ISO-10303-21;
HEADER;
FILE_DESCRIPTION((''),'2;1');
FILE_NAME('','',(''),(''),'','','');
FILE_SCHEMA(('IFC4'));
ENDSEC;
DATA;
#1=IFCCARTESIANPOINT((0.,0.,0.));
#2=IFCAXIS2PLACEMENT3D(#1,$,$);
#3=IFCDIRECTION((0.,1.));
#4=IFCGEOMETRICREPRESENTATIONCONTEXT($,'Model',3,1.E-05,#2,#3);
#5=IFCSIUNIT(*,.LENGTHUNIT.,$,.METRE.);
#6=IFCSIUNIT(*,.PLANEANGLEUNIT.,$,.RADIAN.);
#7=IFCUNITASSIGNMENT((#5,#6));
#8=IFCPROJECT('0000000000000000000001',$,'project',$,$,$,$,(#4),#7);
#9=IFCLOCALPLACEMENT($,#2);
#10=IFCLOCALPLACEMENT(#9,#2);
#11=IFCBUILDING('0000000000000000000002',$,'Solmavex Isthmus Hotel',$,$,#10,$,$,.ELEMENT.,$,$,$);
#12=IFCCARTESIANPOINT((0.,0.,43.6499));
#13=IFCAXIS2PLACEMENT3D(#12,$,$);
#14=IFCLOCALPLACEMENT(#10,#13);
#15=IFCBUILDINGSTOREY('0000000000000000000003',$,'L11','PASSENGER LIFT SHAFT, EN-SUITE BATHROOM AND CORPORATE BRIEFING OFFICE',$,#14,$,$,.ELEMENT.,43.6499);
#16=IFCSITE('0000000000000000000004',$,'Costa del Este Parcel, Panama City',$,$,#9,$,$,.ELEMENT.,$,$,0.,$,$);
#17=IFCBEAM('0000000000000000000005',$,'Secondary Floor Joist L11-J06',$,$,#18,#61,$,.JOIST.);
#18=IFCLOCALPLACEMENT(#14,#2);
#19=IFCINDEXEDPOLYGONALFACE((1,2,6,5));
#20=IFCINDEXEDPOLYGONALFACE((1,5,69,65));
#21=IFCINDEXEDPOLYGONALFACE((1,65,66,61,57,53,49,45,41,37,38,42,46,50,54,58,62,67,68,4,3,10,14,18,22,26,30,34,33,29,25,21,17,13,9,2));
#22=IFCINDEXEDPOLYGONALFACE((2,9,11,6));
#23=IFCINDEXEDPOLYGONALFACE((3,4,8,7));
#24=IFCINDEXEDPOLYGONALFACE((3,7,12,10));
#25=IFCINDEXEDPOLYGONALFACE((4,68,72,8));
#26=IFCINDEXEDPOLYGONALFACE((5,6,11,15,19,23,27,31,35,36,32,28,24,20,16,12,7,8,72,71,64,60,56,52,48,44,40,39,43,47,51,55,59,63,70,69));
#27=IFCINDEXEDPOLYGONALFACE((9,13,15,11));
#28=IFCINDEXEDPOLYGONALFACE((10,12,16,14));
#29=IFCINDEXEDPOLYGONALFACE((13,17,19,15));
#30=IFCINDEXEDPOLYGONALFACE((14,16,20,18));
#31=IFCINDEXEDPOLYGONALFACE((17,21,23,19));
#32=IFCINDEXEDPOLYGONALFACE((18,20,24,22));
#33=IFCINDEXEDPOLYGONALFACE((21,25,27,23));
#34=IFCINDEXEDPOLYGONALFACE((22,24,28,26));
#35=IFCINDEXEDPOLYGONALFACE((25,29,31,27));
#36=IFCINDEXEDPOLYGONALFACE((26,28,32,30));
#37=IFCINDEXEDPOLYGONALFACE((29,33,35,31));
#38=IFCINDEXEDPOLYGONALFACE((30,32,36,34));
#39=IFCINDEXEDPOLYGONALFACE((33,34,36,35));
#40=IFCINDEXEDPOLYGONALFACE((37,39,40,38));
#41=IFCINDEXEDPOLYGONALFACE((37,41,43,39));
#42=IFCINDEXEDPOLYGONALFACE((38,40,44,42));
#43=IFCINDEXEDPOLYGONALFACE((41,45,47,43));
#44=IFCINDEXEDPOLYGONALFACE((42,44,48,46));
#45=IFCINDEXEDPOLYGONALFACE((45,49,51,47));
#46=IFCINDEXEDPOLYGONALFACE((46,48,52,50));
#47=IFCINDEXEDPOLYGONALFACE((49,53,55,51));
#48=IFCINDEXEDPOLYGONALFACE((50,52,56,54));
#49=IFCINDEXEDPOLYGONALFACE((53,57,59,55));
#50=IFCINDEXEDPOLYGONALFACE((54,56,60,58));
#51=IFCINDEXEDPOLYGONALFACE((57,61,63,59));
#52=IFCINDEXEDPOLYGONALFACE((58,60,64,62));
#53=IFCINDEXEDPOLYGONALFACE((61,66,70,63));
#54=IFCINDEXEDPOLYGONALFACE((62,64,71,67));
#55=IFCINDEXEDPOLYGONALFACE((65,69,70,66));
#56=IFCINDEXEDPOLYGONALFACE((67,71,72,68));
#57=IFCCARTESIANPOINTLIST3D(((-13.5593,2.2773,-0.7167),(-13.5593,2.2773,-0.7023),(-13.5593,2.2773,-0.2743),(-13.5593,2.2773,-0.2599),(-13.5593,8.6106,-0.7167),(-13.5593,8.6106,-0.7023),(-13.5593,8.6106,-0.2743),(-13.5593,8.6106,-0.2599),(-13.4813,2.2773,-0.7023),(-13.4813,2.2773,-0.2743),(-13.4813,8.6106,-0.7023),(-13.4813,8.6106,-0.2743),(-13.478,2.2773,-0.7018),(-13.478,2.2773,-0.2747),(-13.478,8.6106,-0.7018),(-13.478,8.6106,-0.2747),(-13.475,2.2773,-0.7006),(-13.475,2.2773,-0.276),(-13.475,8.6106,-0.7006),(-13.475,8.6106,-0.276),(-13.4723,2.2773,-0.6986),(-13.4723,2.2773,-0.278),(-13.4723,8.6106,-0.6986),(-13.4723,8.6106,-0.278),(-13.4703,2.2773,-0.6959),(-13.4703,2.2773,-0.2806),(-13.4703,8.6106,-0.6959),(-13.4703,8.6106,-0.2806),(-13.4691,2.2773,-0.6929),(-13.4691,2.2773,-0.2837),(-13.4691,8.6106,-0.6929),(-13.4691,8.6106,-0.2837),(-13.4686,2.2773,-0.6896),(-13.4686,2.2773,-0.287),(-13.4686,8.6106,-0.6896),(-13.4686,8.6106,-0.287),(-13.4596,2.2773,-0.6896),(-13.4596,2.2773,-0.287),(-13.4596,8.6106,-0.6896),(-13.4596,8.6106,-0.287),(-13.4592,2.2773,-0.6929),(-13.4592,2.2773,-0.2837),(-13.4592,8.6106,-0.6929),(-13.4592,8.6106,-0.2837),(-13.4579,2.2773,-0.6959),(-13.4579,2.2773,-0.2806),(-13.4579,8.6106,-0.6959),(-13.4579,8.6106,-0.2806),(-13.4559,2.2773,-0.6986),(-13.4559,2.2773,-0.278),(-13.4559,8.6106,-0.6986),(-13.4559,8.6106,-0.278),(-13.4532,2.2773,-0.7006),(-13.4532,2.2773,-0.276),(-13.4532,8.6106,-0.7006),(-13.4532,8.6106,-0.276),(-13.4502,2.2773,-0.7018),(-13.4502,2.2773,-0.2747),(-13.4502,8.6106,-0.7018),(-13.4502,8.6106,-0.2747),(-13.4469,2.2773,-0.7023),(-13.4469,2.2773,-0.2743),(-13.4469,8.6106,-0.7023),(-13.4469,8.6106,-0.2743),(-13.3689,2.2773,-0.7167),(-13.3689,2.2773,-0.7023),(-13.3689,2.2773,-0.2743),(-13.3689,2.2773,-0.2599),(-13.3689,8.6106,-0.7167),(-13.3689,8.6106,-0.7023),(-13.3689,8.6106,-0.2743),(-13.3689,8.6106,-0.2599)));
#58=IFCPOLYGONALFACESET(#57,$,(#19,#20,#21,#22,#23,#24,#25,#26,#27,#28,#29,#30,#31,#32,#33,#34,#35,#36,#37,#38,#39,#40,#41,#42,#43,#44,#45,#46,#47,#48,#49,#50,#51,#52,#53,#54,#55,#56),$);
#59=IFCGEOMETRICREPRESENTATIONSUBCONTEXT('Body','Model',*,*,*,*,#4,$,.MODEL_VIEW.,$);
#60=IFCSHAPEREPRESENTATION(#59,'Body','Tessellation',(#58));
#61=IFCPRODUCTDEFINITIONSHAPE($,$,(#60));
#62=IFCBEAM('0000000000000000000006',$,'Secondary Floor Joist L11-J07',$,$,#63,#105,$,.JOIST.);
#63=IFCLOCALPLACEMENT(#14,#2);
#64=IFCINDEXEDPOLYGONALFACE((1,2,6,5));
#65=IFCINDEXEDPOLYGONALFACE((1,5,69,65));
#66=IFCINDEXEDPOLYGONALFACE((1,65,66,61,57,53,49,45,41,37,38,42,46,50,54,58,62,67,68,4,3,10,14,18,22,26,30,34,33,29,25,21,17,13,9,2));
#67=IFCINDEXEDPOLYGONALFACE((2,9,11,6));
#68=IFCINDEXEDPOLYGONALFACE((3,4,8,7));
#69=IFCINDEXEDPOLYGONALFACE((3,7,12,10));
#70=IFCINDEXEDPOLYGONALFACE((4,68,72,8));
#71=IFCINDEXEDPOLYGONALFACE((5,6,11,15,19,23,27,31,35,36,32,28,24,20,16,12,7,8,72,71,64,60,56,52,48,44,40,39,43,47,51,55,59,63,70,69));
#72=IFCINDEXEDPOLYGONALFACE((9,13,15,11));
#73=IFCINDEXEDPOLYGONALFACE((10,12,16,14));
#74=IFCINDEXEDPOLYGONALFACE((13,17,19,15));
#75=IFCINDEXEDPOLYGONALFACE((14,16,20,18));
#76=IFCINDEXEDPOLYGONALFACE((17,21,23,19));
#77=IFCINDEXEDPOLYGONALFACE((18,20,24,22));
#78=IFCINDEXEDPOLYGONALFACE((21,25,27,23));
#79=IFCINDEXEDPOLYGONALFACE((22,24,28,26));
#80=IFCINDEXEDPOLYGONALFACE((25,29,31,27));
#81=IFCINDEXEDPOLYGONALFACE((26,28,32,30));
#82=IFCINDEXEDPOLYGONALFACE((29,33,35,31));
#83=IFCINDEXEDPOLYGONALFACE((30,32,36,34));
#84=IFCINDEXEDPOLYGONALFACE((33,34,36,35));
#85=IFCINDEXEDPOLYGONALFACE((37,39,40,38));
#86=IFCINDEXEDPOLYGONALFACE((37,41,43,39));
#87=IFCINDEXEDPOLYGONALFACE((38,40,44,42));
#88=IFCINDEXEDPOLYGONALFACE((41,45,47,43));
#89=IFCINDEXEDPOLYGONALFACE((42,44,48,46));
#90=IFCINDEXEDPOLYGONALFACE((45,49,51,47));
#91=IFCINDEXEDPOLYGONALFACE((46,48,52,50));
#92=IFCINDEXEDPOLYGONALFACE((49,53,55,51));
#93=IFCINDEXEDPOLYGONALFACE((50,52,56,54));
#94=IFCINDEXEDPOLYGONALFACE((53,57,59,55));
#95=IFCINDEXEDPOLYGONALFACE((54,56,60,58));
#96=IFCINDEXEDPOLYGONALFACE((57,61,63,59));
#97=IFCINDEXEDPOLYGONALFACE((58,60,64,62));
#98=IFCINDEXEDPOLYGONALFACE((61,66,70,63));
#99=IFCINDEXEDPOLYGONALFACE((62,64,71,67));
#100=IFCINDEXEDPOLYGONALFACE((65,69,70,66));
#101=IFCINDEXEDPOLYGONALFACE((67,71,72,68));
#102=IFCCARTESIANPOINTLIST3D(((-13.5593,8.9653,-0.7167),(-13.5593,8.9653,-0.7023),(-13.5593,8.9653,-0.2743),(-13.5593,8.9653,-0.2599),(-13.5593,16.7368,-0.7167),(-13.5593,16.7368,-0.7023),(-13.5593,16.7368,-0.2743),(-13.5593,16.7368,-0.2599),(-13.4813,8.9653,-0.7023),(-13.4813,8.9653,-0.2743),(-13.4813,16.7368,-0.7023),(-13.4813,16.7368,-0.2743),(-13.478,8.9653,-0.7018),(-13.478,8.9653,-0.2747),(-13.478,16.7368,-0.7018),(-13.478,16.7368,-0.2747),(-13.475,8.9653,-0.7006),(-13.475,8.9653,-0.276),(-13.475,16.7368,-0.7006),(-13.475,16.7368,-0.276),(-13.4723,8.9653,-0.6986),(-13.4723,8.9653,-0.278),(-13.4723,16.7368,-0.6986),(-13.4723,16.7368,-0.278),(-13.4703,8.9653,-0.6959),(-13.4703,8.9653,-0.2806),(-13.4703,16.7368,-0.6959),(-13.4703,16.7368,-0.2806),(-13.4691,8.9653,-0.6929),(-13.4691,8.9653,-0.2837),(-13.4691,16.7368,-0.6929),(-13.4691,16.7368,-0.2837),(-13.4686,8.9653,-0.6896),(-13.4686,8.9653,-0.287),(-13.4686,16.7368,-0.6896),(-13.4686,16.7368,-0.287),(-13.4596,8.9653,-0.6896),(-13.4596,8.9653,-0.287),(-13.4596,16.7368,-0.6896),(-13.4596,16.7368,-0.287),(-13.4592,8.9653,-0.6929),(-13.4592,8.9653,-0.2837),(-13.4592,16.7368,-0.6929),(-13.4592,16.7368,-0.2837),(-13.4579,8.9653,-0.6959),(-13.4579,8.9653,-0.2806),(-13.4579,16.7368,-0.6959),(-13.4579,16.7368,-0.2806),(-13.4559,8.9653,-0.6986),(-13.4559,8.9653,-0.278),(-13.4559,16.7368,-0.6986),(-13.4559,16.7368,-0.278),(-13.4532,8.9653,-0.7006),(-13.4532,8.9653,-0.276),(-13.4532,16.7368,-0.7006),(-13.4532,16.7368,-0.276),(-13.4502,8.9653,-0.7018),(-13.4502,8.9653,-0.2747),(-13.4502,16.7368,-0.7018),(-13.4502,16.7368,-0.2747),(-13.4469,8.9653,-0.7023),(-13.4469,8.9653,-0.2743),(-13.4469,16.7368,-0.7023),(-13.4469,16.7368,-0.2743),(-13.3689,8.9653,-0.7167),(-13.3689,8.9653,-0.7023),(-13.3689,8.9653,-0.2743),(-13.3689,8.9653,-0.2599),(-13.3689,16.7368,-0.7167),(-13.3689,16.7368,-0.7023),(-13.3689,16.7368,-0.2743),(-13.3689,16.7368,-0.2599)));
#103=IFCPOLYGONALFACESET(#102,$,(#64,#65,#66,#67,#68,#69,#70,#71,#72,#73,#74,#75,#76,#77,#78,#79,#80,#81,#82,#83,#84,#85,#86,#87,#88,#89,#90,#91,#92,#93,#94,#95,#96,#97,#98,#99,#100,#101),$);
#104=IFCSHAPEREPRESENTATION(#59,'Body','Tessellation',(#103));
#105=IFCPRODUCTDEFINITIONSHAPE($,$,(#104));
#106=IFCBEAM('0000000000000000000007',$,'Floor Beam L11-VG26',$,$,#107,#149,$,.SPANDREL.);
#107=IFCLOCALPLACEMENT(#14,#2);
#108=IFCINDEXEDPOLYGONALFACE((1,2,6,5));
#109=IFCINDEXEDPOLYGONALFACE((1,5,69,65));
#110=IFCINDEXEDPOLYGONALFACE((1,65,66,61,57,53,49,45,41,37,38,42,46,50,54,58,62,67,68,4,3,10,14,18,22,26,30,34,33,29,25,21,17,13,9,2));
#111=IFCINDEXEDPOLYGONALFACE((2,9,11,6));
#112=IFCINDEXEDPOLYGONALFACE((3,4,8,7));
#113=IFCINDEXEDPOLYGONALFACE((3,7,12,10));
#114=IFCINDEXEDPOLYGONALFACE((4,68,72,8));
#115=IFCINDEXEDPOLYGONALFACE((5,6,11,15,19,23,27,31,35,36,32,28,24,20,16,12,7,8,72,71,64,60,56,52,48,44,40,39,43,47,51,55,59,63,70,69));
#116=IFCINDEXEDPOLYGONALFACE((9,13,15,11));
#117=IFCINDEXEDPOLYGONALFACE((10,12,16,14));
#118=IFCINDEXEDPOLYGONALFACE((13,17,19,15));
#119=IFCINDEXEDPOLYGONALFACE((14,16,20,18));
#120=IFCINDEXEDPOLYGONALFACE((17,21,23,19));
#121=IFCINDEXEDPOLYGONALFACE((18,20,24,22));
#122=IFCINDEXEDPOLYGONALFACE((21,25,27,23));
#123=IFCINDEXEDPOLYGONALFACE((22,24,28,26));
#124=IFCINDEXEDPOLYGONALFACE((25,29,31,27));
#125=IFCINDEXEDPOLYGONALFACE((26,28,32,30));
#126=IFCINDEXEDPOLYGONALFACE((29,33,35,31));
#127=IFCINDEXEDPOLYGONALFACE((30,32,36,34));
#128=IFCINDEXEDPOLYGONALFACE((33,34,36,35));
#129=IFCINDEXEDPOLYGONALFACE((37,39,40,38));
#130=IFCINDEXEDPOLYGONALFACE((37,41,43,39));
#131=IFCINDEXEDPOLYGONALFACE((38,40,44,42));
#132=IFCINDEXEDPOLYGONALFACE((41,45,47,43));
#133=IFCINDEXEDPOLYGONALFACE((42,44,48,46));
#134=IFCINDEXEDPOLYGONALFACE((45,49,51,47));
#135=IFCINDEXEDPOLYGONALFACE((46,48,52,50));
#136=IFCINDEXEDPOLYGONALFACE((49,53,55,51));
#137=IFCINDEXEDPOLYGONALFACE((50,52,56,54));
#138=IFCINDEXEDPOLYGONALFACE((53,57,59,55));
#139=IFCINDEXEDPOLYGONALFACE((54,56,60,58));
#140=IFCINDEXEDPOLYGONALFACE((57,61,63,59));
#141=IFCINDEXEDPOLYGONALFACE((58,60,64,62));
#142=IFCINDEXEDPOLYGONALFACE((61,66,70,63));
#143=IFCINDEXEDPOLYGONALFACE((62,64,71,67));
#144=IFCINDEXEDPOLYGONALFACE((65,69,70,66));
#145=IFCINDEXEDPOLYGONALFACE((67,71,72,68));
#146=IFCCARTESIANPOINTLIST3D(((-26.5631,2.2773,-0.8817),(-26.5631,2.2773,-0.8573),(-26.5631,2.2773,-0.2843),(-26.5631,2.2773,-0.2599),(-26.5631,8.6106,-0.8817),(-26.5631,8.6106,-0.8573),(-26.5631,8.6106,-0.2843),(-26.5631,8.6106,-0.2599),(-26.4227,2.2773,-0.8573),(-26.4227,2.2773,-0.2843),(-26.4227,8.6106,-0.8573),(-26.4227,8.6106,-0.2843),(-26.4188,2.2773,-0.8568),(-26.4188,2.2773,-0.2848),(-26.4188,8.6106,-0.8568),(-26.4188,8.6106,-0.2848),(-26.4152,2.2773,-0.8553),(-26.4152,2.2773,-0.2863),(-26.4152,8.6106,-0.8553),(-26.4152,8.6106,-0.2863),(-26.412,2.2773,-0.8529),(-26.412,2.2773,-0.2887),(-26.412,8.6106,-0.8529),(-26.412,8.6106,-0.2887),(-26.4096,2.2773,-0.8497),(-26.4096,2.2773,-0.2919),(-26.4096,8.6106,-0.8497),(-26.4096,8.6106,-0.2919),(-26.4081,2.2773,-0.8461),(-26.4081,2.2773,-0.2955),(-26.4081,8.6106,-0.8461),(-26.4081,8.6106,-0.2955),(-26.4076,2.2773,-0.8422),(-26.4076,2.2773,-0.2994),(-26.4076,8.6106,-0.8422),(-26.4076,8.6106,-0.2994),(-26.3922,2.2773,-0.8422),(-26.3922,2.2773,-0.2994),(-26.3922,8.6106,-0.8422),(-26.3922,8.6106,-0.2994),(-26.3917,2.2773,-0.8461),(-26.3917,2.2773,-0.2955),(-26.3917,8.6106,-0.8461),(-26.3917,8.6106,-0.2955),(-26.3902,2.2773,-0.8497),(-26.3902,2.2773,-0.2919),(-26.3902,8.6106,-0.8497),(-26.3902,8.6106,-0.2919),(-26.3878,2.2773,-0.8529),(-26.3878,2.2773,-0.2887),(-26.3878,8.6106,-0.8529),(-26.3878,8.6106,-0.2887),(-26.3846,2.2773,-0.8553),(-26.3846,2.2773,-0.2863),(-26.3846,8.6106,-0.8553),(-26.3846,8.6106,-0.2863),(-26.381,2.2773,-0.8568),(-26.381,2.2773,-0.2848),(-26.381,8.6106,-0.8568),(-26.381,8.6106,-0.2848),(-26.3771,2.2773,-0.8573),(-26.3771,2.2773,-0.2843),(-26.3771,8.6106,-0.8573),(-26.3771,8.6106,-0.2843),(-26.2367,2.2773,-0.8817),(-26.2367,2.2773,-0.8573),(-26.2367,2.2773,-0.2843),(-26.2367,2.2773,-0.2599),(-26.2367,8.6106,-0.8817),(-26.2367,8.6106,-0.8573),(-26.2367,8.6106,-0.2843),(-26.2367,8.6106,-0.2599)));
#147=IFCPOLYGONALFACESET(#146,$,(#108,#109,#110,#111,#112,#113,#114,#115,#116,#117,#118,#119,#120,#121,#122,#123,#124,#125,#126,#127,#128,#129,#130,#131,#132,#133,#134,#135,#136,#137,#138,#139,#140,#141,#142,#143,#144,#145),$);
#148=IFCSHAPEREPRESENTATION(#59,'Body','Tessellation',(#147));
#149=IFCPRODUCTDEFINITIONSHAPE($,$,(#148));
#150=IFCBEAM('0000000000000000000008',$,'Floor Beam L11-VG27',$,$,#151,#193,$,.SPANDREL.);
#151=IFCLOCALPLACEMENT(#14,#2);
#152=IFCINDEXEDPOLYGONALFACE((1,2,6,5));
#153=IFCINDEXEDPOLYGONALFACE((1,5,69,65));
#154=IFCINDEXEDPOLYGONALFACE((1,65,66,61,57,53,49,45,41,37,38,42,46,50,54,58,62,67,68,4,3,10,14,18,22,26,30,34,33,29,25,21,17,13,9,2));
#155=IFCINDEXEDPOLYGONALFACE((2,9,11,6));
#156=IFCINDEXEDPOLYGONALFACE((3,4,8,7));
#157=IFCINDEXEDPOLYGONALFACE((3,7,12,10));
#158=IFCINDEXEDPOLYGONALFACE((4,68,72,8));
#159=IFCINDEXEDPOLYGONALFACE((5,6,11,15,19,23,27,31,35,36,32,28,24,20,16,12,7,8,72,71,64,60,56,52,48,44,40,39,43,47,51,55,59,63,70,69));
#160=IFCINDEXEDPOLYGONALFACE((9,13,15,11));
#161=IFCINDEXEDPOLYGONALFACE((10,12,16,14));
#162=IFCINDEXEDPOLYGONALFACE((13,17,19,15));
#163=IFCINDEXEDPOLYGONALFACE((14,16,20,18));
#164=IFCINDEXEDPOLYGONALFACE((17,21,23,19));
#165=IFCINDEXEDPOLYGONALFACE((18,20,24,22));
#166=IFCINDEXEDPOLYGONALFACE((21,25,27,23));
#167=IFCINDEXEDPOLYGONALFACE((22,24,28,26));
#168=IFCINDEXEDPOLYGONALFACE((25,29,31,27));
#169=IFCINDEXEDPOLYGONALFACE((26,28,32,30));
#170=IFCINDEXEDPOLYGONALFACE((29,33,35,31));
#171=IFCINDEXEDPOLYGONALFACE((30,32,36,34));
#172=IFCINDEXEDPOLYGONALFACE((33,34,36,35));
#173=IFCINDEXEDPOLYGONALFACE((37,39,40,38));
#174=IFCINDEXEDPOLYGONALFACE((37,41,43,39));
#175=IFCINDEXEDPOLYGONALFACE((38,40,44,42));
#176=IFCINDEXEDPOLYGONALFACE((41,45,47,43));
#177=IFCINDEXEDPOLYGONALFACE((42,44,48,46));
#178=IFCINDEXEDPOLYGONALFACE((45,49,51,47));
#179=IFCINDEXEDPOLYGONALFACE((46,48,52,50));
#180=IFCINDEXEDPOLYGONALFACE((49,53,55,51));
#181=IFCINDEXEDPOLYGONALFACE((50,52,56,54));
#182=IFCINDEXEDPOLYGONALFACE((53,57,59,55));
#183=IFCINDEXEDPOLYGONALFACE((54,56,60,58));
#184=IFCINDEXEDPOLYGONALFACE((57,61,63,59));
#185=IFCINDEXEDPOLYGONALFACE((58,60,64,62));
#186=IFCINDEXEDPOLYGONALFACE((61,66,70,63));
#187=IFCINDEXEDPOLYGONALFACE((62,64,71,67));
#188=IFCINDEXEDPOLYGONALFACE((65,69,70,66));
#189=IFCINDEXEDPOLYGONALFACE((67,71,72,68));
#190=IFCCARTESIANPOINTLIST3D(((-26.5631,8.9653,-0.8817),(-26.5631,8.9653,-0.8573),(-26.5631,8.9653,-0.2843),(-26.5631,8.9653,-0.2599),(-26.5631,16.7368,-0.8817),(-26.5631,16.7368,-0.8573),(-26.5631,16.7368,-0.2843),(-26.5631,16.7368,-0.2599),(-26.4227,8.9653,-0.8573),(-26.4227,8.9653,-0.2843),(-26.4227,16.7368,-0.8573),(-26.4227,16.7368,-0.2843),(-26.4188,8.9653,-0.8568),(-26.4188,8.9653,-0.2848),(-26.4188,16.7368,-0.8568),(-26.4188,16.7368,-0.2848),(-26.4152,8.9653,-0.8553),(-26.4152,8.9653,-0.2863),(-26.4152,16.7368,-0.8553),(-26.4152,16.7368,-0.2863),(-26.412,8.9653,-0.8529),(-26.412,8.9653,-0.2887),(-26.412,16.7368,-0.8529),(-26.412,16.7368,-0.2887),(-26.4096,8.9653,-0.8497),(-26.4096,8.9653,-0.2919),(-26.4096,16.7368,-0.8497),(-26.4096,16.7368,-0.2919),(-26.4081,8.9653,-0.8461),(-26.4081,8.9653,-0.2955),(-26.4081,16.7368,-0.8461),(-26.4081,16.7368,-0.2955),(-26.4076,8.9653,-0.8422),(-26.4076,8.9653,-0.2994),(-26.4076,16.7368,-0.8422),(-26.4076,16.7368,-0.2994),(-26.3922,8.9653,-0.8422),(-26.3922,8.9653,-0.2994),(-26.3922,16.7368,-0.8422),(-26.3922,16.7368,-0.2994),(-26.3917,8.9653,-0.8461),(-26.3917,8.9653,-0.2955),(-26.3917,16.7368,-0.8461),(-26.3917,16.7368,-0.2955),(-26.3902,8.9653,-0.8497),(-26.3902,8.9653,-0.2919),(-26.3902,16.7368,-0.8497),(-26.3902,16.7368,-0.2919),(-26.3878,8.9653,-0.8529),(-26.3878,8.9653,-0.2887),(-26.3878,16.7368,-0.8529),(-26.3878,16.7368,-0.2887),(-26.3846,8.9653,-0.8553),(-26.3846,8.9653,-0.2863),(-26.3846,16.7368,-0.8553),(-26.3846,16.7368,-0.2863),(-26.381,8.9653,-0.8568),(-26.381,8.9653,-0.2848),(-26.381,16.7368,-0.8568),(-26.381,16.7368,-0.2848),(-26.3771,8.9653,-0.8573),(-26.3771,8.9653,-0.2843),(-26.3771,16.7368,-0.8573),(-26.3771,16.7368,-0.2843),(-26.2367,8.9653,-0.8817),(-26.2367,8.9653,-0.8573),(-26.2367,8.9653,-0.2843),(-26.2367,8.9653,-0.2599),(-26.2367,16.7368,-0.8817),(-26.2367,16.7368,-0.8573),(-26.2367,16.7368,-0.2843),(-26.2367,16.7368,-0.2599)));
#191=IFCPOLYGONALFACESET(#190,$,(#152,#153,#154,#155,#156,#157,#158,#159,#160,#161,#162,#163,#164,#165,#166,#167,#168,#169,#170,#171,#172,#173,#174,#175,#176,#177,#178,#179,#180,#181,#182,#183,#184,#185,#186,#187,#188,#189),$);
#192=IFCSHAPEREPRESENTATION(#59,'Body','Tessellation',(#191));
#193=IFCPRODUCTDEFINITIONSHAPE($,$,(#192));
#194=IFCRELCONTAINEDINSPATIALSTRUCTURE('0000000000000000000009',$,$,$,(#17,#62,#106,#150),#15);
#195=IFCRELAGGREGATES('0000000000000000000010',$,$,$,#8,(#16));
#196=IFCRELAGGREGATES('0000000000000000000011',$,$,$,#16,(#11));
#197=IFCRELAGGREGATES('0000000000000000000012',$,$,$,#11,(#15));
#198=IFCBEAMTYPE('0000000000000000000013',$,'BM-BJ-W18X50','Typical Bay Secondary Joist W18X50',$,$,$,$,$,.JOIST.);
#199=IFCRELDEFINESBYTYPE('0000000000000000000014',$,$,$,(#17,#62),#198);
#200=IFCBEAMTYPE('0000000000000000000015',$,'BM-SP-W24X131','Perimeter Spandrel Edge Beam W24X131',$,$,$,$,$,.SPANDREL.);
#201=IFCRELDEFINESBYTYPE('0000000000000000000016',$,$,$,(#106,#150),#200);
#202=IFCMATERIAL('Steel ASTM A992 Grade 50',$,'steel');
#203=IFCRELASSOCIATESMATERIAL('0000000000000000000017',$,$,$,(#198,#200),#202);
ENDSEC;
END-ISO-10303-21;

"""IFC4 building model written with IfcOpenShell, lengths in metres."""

from ifc_helpers import new_model, si_unit, direction, frame, origin, origin_2d, place, context, subcontext, project, spatial, i_section, extrude, material, material_profile, profile_set, type_object, element, save


model = new_model("IFC4")

# Units and contexts
model_context = context("Model", 3, precision=1e-05, world=origin(), true_north=direction((0.0, 1.0)))
body_context = subcontext(model_context, "Body", "Model", "MODEL_VIEW")
ifc_project = project(units=[si_unit("LENGTHUNIT", "METRE"), si_unit("PLANEANGLEUNIT", "RADIAN")], contexts=[model_context])

# Site, building, storey
site_placement = place(None, origin())
site = spatial("IfcSite", under=ifc_project, at=site_placement, Name="Costa del Este Parcel, Panama City", CompositionType="ELEMENT", RefElevation=0.0)
building_placement = place(site_placement, origin())
building = spatial("IfcBuilding", under=site, at=building_placement, Name="Solmavex Isthmus Hotel", CompositionType="ELEMENT")
storey_placement = place(building_placement, frame((0.0, 0.0, 43.6499)))
storey = spatial("IfcBuildingStorey", under=building, at=storey_placement, Name="L11", Description="PASSENGER LIFT SHAFT, EN-SUITE BATHROOM AND CORPORATE BRIEFING OFFICE", CompositionType="ELEMENT", Elevation=43.6499)

# Beams
ifc_material_1 = material(Name="Steel ASTM A992 Grade 50", Category="steel")
ifc_material_profile_1 = material_profile(ifc_material_1, i_section(OverallWidth=0.1904, OverallDepth=0.4568, WebThickness=0.009, FlangeThickness=0.0144, FilletRadius=0.0127, at=origin_2d()), Name="W18X50")
ifc_profile_set_1 = profile_set([ifc_material_profile_1], Name="Steel ASTM A992 Grade 50")
beam_type_1 = type_object("IfcBeamType", Name="BM-BJ-W18X50", Description="Typical Bay Secondary Joist W18X50", PredefinedType="JOIST", material=ifc_profile_set_1)
beam_1_placement = place(storey_placement, frame((-13.4641, 2.2773, -0.4883), z_axis=(0.0, 1.0, 0.0), x_axis=(-1.0, 0.0, 0.0)))
element("IfcBeam", 1, at=beam_1_placement, inside=storey, type_object=beam_type_1, Name="Secondary Floor Joist L11-J06", PredefinedType="JOIST", context=body_context, shape_type="SweptSolid", body=[
    extrude(i_section(OverallWidth=0.1904, OverallDepth=0.4568, WebThickness=0.009, FlangeThickness=0.0144, FilletRadius=0.0127, at=origin_2d()), origin(), (0.0, 0.0, 1.0), 6.3333),
])
beam_2_placement = place(storey_placement, frame((-13.4641, 8.9653, -0.4883), z_axis=(0.0, 1.0, 0.0), x_axis=(-1.0, 0.0, 0.0)))
element("IfcBeam", 2, at=beam_2_placement, inside=storey, type_object=beam_type_1, Name="Secondary Floor Joist L11-J07", PredefinedType="JOIST", context=body_context, shape_type="SweptSolid", body=[
    extrude(i_section(OverallWidth=0.1904, OverallDepth=0.4568, WebThickness=0.009, FlangeThickness=0.0144, FilletRadius=0.0127, at=origin_2d()), origin(), (0.0, 0.0, 1.0), 7.7715),
])
ifc_material_profile_2 = material_profile(ifc_material_1, i_section(OverallWidth=0.3264, OverallDepth=0.6218, WebThickness=0.0154, FlangeThickness=0.0244, FilletRadius=0.0151, at=origin_2d()), Name="W24X131")
ifc_profile_set_2 = profile_set([ifc_material_profile_2], Name="Steel ASTM A992 Grade 50")
beam_type_2 = type_object("IfcBeamType", Name="BM-SP-W24X131", Description="Perimeter Spandrel Edge Beam W24X131", PredefinedType="SPANDREL", material=ifc_profile_set_2)
beam_3_placement = place(storey_placement, frame((-26.3999, 2.2773, -0.5708), z_axis=(0.0, 1.0, 0.0), x_axis=(-1.0, 0.0, 0.0)))
element("IfcBeam", 3, at=beam_3_placement, inside=storey, type_object=beam_type_2, Name="Floor Beam L11-VG26", PredefinedType="SPANDREL", context=body_context, shape_type="SweptSolid", body=[
    extrude(i_section(OverallWidth=0.3264, OverallDepth=0.6218, WebThickness=0.0154, FlangeThickness=0.0244, FilletRadius=0.0151, at=origin_2d()), origin(), (0.0, 0.0, 1.0), 6.3333),
])
beam_4_placement = place(storey_placement, frame((-26.3999, 8.9653, -0.5708), z_axis=(0.0, 1.0, 0.0), x_axis=(-1.0, 0.0, 0.0)))
element("IfcBeam", 4, at=beam_4_placement, inside=storey, type_object=beam_type_2, Name="Floor Beam L11-VG27", PredefinedType="SPANDREL", context=body_context, shape_type="SweptSolid", body=[
    extrude(i_section(OverallWidth=0.3264, OverallDepth=0.6218, WebThickness=0.0154, FlangeThickness=0.0244, FilletRadius=0.0151, at=origin_2d()), origin(), (0.0, 0.0, 1.0), 7.7715),
])

save(model, "model.ifc")
